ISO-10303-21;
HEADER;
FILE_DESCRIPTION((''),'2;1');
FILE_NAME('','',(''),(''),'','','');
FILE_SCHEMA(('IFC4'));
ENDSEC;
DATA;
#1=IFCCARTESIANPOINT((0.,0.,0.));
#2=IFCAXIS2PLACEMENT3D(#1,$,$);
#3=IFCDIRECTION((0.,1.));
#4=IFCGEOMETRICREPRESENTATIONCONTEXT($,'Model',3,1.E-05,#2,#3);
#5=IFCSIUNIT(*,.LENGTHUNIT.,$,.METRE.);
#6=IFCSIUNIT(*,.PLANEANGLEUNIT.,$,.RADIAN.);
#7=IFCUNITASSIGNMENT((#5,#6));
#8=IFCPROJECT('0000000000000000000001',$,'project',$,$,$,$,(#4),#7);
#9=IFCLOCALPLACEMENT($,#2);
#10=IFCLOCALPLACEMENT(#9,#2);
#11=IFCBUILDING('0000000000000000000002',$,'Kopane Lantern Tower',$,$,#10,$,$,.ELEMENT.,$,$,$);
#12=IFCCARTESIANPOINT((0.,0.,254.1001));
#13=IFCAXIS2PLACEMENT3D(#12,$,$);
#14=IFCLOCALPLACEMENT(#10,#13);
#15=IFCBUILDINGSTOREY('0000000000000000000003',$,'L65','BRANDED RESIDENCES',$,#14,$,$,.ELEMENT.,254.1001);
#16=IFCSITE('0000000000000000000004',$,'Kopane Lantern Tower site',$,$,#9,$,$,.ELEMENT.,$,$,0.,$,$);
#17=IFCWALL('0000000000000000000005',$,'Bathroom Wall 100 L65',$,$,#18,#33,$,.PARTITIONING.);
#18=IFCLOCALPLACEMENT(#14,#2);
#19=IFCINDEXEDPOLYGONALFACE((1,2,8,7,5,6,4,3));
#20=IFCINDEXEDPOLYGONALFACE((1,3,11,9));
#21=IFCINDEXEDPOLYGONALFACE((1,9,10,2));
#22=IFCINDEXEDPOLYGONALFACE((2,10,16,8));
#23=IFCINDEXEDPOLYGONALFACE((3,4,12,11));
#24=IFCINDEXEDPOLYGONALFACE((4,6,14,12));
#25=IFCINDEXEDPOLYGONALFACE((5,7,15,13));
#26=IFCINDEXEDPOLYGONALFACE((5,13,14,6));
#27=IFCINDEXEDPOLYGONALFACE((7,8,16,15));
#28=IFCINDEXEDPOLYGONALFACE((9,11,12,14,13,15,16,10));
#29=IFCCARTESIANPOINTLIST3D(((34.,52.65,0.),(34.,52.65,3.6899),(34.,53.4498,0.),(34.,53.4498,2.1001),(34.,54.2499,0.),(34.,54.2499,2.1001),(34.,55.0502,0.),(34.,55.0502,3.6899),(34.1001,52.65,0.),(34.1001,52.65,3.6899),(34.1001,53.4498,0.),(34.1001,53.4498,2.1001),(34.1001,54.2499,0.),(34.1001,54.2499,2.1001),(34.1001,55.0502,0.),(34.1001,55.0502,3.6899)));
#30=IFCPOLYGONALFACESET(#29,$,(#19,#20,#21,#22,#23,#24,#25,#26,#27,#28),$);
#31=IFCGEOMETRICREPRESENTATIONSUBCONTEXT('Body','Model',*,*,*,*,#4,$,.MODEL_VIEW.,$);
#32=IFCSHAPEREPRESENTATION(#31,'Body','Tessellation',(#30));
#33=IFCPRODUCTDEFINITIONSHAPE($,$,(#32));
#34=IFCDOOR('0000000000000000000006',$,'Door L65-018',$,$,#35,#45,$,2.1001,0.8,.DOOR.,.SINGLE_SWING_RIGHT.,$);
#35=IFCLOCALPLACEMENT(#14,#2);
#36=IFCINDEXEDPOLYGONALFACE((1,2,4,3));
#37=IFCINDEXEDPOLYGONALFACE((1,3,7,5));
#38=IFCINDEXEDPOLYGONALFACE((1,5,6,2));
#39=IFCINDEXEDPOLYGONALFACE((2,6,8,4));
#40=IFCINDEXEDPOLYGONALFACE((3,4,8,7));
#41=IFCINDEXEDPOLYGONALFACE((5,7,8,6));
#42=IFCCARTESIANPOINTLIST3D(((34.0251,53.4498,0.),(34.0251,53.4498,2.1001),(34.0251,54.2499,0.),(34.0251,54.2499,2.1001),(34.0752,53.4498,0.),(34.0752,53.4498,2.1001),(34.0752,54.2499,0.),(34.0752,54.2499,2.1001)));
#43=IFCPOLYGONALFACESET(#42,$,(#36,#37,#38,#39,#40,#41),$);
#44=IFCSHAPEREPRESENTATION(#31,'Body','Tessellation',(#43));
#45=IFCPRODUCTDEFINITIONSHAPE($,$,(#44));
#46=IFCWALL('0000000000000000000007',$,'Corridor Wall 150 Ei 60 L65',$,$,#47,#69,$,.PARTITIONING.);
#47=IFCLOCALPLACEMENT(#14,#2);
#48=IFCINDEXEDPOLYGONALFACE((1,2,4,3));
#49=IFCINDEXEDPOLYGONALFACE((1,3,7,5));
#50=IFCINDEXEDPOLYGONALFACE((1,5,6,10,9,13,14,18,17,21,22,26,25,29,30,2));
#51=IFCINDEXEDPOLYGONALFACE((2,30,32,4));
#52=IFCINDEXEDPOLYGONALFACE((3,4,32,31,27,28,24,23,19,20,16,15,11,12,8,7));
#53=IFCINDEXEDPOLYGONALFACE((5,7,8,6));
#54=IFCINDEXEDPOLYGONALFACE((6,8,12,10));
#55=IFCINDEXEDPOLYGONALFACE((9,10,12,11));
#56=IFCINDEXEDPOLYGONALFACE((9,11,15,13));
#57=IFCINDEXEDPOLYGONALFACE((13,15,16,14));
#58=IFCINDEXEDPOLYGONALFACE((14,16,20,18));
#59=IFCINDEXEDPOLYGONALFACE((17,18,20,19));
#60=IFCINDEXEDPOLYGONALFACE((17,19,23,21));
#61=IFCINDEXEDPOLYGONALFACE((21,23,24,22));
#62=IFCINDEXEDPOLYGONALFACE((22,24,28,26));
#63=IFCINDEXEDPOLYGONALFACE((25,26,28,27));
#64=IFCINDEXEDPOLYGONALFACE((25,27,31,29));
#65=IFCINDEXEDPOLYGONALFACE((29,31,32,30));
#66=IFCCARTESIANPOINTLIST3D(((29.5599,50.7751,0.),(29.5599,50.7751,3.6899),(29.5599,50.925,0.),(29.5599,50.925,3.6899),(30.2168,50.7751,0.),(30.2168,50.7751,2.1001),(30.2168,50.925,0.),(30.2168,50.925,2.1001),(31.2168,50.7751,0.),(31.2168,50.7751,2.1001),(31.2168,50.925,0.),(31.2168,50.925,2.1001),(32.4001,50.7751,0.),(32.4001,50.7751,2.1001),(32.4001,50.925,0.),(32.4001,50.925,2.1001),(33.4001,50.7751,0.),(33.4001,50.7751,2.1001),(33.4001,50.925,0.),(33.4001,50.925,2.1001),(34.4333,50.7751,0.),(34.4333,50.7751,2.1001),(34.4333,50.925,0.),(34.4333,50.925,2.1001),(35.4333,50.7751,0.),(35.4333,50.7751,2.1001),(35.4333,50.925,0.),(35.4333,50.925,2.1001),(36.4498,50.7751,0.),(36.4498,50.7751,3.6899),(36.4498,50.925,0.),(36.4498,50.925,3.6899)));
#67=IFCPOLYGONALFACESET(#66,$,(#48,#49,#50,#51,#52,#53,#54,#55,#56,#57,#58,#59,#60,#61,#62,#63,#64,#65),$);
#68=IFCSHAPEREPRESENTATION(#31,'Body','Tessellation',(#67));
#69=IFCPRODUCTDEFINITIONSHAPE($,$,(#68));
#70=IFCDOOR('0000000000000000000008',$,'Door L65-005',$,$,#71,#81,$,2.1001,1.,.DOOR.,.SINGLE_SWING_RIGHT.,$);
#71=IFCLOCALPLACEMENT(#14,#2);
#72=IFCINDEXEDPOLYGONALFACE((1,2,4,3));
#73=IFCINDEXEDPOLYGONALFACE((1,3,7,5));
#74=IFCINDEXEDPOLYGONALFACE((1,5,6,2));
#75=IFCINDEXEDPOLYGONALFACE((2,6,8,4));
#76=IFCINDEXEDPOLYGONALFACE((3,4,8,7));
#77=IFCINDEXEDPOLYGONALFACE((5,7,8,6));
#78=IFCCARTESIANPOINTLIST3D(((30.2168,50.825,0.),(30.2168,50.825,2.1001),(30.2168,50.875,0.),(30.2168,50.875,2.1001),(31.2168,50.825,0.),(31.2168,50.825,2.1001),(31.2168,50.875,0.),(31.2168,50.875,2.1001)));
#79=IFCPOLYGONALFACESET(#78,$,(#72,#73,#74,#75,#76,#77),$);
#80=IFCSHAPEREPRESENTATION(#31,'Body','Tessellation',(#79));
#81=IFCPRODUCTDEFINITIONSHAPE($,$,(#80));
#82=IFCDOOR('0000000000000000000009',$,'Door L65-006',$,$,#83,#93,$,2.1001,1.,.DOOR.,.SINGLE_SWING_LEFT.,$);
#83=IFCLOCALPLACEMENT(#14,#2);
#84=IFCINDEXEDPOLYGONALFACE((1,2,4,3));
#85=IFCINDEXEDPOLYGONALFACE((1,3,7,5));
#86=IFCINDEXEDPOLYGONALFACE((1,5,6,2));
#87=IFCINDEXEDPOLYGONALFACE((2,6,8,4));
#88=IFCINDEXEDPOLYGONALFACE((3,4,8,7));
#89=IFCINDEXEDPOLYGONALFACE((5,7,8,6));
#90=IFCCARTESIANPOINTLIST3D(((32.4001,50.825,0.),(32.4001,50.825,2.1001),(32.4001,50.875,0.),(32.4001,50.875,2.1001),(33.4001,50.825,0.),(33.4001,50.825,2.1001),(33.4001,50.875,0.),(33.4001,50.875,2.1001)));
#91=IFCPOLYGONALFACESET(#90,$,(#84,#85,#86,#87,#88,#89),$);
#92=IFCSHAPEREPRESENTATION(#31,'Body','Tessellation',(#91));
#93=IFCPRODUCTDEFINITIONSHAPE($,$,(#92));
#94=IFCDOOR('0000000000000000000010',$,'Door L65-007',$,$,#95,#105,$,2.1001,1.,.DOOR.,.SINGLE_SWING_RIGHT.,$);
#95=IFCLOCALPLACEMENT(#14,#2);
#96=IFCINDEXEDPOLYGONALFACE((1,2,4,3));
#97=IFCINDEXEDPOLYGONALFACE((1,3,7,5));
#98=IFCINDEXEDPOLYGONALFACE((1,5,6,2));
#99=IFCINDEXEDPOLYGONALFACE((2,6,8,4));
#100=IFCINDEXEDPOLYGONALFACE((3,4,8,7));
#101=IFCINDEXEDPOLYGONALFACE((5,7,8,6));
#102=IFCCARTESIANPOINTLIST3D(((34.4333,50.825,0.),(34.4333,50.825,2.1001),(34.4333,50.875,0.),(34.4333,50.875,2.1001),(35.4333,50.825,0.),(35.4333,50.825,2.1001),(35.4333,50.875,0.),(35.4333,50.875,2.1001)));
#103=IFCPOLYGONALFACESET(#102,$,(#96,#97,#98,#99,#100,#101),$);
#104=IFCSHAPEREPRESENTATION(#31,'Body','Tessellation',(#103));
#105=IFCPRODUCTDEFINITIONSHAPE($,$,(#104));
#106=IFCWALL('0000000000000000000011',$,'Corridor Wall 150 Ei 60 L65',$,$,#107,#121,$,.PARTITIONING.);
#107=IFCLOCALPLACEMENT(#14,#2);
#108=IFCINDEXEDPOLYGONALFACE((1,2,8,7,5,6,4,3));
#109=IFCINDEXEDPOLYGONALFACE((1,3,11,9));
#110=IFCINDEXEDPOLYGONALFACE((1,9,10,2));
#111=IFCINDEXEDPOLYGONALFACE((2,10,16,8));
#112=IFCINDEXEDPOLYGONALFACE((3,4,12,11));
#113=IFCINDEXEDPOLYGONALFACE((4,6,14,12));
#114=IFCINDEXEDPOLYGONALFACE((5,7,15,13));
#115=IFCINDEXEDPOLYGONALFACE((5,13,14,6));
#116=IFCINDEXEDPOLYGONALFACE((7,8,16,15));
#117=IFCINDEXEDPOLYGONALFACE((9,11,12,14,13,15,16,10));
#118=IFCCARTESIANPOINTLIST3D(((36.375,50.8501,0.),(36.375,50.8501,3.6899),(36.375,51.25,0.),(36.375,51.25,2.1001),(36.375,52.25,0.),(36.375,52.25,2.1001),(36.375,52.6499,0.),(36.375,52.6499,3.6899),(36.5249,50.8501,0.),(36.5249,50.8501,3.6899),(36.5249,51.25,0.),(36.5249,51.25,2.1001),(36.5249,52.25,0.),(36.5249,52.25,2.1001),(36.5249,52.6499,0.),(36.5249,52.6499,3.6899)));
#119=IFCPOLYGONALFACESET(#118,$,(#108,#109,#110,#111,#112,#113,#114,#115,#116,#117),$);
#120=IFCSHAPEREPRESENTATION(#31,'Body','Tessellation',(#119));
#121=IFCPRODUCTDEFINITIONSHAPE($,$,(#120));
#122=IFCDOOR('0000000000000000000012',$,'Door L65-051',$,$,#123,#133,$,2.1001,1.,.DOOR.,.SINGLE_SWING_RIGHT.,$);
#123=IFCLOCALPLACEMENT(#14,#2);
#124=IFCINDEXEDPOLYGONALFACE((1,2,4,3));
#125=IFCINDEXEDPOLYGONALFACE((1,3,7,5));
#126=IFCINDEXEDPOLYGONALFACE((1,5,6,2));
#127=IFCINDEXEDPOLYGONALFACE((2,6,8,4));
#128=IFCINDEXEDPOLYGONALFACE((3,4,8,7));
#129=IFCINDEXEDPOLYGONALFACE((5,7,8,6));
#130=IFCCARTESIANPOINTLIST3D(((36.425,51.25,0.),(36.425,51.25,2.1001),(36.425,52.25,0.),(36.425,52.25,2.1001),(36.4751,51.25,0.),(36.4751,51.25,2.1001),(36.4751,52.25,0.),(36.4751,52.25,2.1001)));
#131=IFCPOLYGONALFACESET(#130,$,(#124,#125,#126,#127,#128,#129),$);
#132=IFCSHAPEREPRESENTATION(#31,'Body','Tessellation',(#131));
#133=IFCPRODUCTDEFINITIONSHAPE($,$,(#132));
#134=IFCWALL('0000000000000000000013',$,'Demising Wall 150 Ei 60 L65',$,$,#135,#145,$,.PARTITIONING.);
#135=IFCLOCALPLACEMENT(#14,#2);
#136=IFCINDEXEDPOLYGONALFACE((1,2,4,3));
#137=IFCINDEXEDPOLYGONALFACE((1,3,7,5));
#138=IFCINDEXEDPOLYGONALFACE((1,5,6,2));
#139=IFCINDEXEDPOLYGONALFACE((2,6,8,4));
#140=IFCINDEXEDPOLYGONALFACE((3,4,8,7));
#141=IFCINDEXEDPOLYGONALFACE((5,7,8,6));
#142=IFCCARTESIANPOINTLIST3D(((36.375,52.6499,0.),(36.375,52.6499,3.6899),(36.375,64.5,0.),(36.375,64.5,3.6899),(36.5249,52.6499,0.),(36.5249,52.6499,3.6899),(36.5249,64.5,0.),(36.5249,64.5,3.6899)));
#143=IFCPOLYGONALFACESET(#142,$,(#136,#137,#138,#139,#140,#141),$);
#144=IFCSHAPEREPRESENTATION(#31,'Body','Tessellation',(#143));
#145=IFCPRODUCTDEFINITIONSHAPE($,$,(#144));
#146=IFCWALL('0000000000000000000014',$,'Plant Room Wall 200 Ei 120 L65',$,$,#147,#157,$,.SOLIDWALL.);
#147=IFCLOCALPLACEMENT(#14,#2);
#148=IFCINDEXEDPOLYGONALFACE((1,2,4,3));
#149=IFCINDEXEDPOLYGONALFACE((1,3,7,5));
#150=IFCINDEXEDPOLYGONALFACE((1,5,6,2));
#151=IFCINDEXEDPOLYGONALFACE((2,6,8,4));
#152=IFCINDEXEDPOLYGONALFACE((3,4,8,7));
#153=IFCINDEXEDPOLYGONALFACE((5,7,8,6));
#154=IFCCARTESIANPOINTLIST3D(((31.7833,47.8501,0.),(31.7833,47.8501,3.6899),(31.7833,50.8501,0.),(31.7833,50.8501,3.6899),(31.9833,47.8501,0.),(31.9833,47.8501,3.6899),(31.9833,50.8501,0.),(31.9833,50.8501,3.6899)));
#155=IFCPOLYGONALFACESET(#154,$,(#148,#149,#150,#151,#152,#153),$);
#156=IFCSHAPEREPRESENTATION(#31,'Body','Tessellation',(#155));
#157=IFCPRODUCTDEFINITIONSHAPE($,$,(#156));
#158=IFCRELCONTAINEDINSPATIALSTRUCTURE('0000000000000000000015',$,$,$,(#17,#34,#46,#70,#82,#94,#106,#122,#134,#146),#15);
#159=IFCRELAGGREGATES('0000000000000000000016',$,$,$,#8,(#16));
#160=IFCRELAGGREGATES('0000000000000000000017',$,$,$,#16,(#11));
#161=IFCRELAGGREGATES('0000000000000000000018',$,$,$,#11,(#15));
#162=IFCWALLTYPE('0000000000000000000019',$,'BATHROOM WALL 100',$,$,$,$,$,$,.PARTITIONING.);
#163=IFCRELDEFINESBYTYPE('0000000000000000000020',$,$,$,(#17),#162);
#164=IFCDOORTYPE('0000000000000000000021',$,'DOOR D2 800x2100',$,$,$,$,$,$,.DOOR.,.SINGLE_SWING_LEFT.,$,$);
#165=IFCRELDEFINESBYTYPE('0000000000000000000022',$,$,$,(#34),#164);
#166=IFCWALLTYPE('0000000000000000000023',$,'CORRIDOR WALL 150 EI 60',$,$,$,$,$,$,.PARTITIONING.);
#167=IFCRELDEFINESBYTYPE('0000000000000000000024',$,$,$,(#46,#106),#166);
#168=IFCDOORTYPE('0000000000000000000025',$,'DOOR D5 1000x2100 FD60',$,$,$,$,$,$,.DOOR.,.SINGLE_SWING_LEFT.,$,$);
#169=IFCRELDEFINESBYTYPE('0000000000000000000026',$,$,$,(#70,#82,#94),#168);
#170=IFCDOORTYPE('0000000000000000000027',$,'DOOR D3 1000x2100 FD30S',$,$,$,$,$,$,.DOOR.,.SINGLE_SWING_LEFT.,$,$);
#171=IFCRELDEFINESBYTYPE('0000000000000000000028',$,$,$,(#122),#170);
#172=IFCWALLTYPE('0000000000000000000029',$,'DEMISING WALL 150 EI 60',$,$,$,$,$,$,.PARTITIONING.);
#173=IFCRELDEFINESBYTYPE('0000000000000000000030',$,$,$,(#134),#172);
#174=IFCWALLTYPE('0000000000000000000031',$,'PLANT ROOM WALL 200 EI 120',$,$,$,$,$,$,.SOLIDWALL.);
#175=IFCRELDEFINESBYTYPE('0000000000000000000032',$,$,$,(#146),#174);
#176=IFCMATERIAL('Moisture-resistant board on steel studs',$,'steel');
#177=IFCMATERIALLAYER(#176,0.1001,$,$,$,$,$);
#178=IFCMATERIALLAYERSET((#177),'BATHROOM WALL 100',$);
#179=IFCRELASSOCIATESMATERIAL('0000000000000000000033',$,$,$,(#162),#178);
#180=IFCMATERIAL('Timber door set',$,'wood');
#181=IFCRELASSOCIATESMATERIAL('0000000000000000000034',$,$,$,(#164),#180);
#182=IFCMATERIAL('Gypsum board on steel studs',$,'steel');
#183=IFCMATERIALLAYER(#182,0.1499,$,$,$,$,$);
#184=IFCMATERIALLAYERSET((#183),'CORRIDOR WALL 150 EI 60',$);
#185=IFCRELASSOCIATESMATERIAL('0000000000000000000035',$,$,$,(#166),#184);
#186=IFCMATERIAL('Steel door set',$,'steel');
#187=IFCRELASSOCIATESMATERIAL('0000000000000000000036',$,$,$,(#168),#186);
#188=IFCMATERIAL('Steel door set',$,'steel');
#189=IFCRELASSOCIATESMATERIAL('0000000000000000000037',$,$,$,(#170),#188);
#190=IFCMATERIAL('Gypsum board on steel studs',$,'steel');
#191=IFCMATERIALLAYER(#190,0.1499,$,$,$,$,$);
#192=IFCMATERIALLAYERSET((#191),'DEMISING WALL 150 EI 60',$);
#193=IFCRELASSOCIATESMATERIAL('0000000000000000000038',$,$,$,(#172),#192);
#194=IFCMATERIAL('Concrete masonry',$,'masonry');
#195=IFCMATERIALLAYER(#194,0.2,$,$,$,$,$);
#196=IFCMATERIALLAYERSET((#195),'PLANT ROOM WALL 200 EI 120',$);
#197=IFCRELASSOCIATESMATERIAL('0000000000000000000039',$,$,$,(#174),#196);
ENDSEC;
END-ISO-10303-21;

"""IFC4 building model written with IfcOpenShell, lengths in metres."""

from ifc_helpers import new_model, si_unit, direction, frame, frame_2d, origin, place, context, subcontext, project, spatial, rectangle, extrude, material, layer, layer_set, type_object, element, fill, save


model = new_model("IFC4")

# Units and contexts
model_context = context("Model", 3, precision=1e-05, world=origin(), true_north=direction((0.0, 1.0)))
body_context = subcontext(model_context, "Body", "Model", "MODEL_VIEW")
ifc_project = project(units=[si_unit("LENGTHUNIT", "METRE"), si_unit("PLANEANGLEUNIT", "RADIAN")], contexts=[model_context])

# Site, building, storey
site_placement = place(None, origin())
site = spatial("IfcSite", under=ifc_project, at=site_placement, Name="Kopane Lantern Tower site", CompositionType="ELEMENT", RefElevation=0.0)
building_placement = place(site_placement, origin())
building = spatial("IfcBuilding", under=site, at=building_placement, Name="Kopane Lantern Tower", CompositionType="ELEMENT")
storey_placement = place(building_placement, frame((0.0, 0.0, 254.1001)))
storey = spatial("IfcBuildingStorey", under=building, at=storey_placement, Name="L65", Description="BRANDED RESIDENCES", CompositionType="ELEMENT", Elevation=254.1001)

# Wall, opening, door
ifc_material_1 = material(Name="Moisture-resistant board on steel studs", Category="steel")
ifc_layer_1 = layer(ifc_material_1, 0.1001)
ifc_layer_set_1 = layer_set([ifc_layer_1], Name="BATHROOM WALL 100")
wall_type_1 = type_object("IfcWallType", Name="BATHROOM WALL 100", PredefinedType="PARTITIONING", material=ifc_layer_set_1)
wall_1_placement = place(storey_placement, frame((34.05, 52.6499, 0.0), z_axis=(0.0, 0.0, 1.0), x_axis=(0.0, 1.0, 0.0)))
wall_1 = element("IfcWall", 1, at=wall_1_placement, inside=storey, type_object=wall_type_1, Name="Bathroom Wall 100 L65", PredefinedType="PARTITIONING", context=body_context, shape_type="SweptSolid", body=[
    extrude(rectangle(XDim=2.4001, YDim=0.1001, at=frame_2d((1.2002, 0.0))), origin(), (0.0, 0.0, 1.0), 3.6899),
])
opening_1_placement = place(wall_1_placement, frame((0.8, 0.0, 0.0)))
opening_1 = element("IfcOpeningElement", 2, at=opening_1_placement, cuts=wall_1, PredefinedType="OPENING", context=body_context, shape_type="SweptSolid", body=[
    extrude(rectangle(XDim=0.8, YDim=2.1001, at=frame_2d((0.3999, 1.05))), frame((0.0, 0.0601, 0.0), z_axis=(0.0, -1.0, 0.0), x_axis=(1.0, 0.0, 0.0)), (0.0, 0.0, 1.0), 0.1201),
])
ifc_material_2 = material(Name="Timber door set", Category="wood")
door_type_1 = type_object("IfcDoorType", Name="DOOR D2 800x2100", OperationType="SINGLE_SWING_LEFT", PredefinedType="DOOR", material=ifc_material_2)
door_1_placement = place(opening_1_placement, origin())
door_1 = element("IfcDoor", 3, at=door_1_placement, inside=storey, type_object=door_type_1, Name="Door L65-018", OperationType="SINGLE_SWING_RIGHT", OverallHeight=2.1001, OverallWidth=0.8, PredefinedType="DOOR", context=body_context, shape_type="SweptSolid", body=[
    extrude(rectangle(XDim=0.8, YDim=2.1001, at=frame_2d((0.3999, 1.05))), frame((0.0, 0.0249, 0.0), z_axis=(0.0, -1.0, 0.0), x_axis=(1.0, 0.0, 0.0)), (0.0, 0.0, 1.0), 0.05),
])
fill(opening_1, door_1)

# Wall, openings, doors
ifc_material_3 = material(Name="Gypsum board on steel studs", Category="steel")
ifc_layer_2 = layer(ifc_material_3, 0.1499)
ifc_layer_set_2 = layer_set([ifc_layer_2], Name="CORRIDOR WALL 150 EI 60")
wall_type_2 = type_object("IfcWallType", Name="CORRIDOR WALL 150 EI 60", PredefinedType="PARTITIONING", material=ifc_layer_set_2)
wall_2_placement = place(storey_placement, frame((29.5601, 50.8501, 0.0), z_axis=(0.0, 0.0, 1.0), x_axis=(1.0, 0.0, 0.0)))
wall_2 = element("IfcWall", 4, at=wall_2_placement, inside=storey, type_object=wall_type_2, Name="Corridor Wall 150 Ei 60 L65", PredefinedType="PARTITIONING", context=body_context, shape_type="SweptSolid", body=[
    extrude(rectangle(XDim=6.8899, YDim=0.1499, at=frame_2d((3.4448, 0.0))), origin(), (0.0, 0.0, 1.0), 3.6899),
])
opening_2_placement = place(wall_2_placement, frame((0.6567, 0.0, 0.0)))
opening_2 = element("IfcOpeningElement", 5, at=opening_2_placement, cuts=wall_2, PredefinedType="OPENING", context=body_context, shape_type="SweptSolid", body=[
    extrude(rectangle(XDim=1.0, YDim=2.1001, at=frame_2d((0.5, 1.05))), frame((0.0, 0.085, 0.0), z_axis=(0.0, -1.0, 0.0), x_axis=(1.0, 0.0, 0.0)), (0.0, 0.0, 1.0), 0.1699),
])
opening_3_placement = place(wall_2_placement, frame((2.8401, 0.0, 0.0)))
opening_3 = element("IfcOpeningElement", 6, at=opening_3_placement, cuts=wall_2, PredefinedType="OPENING", context=body_context, shape_type="SweptSolid", body=[
    extrude(rectangle(XDim=1.0, YDim=2.1001, at=frame_2d((0.5, 1.05))), frame((0.0, 0.085, 0.0), z_axis=(0.0, -1.0, 0.0), x_axis=(1.0, 0.0, 0.0)), (0.0, 0.0, 1.0), 0.1699),
])
opening_4_placement = place(wall_2_placement, frame((4.8733, 0.0, 0.0)))
opening_4 = element("IfcOpeningElement", 7, at=opening_4_placement, cuts=wall_2, PredefinedType="OPENING", context=body_context, shape_type="SweptSolid", body=[
    extrude(rectangle(XDim=1.0, YDim=2.1001, at=frame_2d((0.5, 1.05))), frame((0.0, 0.085, 0.0), z_axis=(0.0, -1.0, 0.0), x_axis=(1.0, 0.0, 0.0)), (0.0, 0.0, 1.0), 0.1699),
])
ifc_material_4 = material(Name="Steel door set", Category="steel")
door_type_2 = type_object("IfcDoorType", Name="DOOR D5 1000x2100 FD60", OperationType="SINGLE_SWING_LEFT", PredefinedType="DOOR", material=ifc_material_4)
door_2_placement = place(opening_2_placement, origin())
door_2 = element("IfcDoor", 8, at=door_2_placement, inside=storey, type_object=door_type_2, Name="Door L65-005", OperationType="SINGLE_SWING_RIGHT", OverallHeight=2.1001, OverallWidth=1.0, PredefinedType="DOOR", context=body_context, shape_type="SweptSolid", body=[
    extrude(rectangle(XDim=1.0, YDim=2.1001, at=frame_2d((0.5, 1.05))), frame((0.0, 0.0249, 0.0), z_axis=(0.0, -1.0, 0.0), x_axis=(1.0, 0.0, 0.0)), (0.0, 0.0, 1.0), 0.05),
])
fill(opening_2, door_2)
door_3_placement = place(opening_3_placement, origin())
door_3 = element("IfcDoor", 9, at=door_3_placement, inside=storey, type_object=door_type_2, Name="Door L65-006", OperationType="SINGLE_SWING_LEFT", OverallHeight=2.1001, OverallWidth=1.0, PredefinedType="DOOR", context=body_context, shape_type="SweptSolid", body=[
    extrude(rectangle(XDim=1.0, YDim=2.1001, at=frame_2d((0.5, 1.05))), frame((0.0, 0.0249, 0.0), z_axis=(0.0, -1.0, 0.0), x_axis=(1.0, 0.0, 0.0)), (0.0, 0.0, 1.0), 0.05),
])
fill(opening_3, door_3)
door_4_placement = place(opening_4_placement, origin())
door_4 = element("IfcDoor", 10, at=door_4_placement, inside=storey, type_object=door_type_2, Name="Door L65-007", OperationType="SINGLE_SWING_RIGHT", OverallHeight=2.1001, OverallWidth=1.0, PredefinedType="DOOR", context=body_context, shape_type="SweptSolid", body=[
    extrude(rectangle(XDim=1.0, YDim=2.1001, at=frame_2d((0.5, 1.05))), frame((0.0, 0.0249, 0.0), z_axis=(0.0, -1.0, 0.0), x_axis=(1.0, 0.0, 0.0)), (0.0, 0.0, 1.0), 0.05),
])
fill(opening_4, door_4)

# Wall, opening, door
wall_3_placement = place(storey_placement, frame((36.45, 50.8501, 0.0), z_axis=(0.0, 0.0, 1.0), x_axis=(0.0, 1.0, 0.0)))
wall_3 = element("IfcWall", 11, at=wall_3_placement, inside=storey, type_object=wall_type_2, Name="Corridor Wall 150 Ei 60 L65", PredefinedType="PARTITIONING", context=body_context, shape_type="SweptSolid", body=[
    extrude(rectangle(XDim=1.7998, YDim=0.1499, at=frame_2d((0.8999, 0.0))), origin(), (0.0, 0.0, 1.0), 3.6899),
])
opening_5_placement = place(wall_3_placement, frame((0.3999, 0.0, 0.0)))
opening_5 = element("IfcOpeningElement", 12, at=opening_5_placement, cuts=wall_3, PredefinedType="OPENING", context=body_context, shape_type="SweptSolid", body=[
    extrude(rectangle(XDim=1.0, YDim=2.1001, at=frame_2d((0.5, 1.05))), frame((0.0, 0.085, 0.0), z_axis=(0.0, -1.0, 0.0), x_axis=(1.0, 0.0, 0.0)), (0.0, 0.0, 1.0), 0.1699),
])
ifc_material_5 = material(Name="Steel door set", Category="steel")
door_type_3 = type_object("IfcDoorType", Name="DOOR D3 1000x2100 FD30S", OperationType="SINGLE_SWING_LEFT", PredefinedType="DOOR", material=ifc_material_5)
door_5_placement = place(opening_5_placement, origin())
door_5 = element("IfcDoor", 13, at=door_5_placement, inside=storey, type_object=door_type_3, Name="Door L65-051", OperationType="SINGLE_SWING_RIGHT", OverallHeight=2.1001, OverallWidth=1.0, PredefinedType="DOOR", context=body_context, shape_type="SweptSolid", body=[
    extrude(rectangle(XDim=1.0, YDim=2.1001, at=frame_2d((0.5, 1.05))), frame((0.0, 0.0249, 0.0), z_axis=(0.0, -1.0, 0.0), x_axis=(1.0, 0.0, 0.0)), (0.0, 0.0, 1.0), 0.05),
])
fill(opening_5, door_5)

# Walls
ifc_material_6 = material(Name="Gypsum board on steel studs", Category="steel")
ifc_layer_3 = layer(ifc_material_6, 0.1499)
ifc_layer_set_3 = layer_set([ifc_layer_3], Name="DEMISING WALL 150 EI 60")
wall_type_3 = type_object("IfcWallType", Name="DEMISING WALL 150 EI 60", PredefinedType="PARTITIONING", material=ifc_layer_set_3)
wall_4_placement = place(storey_placement, frame((36.45, 64.5, 0.0), z_axis=(0.0, 0.0, 1.0), x_axis=(0.0, -1.0, 0.0)))
element("IfcWall", 14, at=wall_4_placement, inside=storey, type_object=wall_type_3, Name="Demising Wall 150 Ei 60 L65", PredefinedType="PARTITIONING", context=body_context, shape_type="SweptSolid", body=[
    extrude(rectangle(XDim=11.8501, YDim=0.1499, at=frame_2d((5.925, 0.0))), origin(), (0.0, 0.0, 1.0), 3.6899),
])
ifc_material_7 = material(Name="Concrete masonry", Category="masonry")
ifc_layer_4 = layer(ifc_material_7, 0.2)
ifc_layer_set_4 = layer_set([ifc_layer_4], Name="PLANT ROOM WALL 200 EI 120")
wall_type_4 = type_object("IfcWallType", Name="PLANT ROOM WALL 200 EI 120", PredefinedType="SOLIDWALL", material=ifc_layer_set_4)
wall_5_placement = place(storey_placement, frame((31.8833, 50.8501, 0.0), z_axis=(0.0, 0.0, 1.0), x_axis=(0.0, -1.0, 0.0)))
element("IfcWall", 15, at=wall_5_placement, inside=storey, type_object=wall_type_4, Name="Plant Room Wall 200 Ei 120 L65", PredefinedType="SOLIDWALL", context=body_context, shape_type="SweptSolid", body=[
    extrude(rectangle(XDim=3.0, YDim=0.2, at=frame_2d((1.5, 0.0))), origin(), (0.0, 0.0, 1.0), 3.6899),
])

save(model, "model.ifc")
